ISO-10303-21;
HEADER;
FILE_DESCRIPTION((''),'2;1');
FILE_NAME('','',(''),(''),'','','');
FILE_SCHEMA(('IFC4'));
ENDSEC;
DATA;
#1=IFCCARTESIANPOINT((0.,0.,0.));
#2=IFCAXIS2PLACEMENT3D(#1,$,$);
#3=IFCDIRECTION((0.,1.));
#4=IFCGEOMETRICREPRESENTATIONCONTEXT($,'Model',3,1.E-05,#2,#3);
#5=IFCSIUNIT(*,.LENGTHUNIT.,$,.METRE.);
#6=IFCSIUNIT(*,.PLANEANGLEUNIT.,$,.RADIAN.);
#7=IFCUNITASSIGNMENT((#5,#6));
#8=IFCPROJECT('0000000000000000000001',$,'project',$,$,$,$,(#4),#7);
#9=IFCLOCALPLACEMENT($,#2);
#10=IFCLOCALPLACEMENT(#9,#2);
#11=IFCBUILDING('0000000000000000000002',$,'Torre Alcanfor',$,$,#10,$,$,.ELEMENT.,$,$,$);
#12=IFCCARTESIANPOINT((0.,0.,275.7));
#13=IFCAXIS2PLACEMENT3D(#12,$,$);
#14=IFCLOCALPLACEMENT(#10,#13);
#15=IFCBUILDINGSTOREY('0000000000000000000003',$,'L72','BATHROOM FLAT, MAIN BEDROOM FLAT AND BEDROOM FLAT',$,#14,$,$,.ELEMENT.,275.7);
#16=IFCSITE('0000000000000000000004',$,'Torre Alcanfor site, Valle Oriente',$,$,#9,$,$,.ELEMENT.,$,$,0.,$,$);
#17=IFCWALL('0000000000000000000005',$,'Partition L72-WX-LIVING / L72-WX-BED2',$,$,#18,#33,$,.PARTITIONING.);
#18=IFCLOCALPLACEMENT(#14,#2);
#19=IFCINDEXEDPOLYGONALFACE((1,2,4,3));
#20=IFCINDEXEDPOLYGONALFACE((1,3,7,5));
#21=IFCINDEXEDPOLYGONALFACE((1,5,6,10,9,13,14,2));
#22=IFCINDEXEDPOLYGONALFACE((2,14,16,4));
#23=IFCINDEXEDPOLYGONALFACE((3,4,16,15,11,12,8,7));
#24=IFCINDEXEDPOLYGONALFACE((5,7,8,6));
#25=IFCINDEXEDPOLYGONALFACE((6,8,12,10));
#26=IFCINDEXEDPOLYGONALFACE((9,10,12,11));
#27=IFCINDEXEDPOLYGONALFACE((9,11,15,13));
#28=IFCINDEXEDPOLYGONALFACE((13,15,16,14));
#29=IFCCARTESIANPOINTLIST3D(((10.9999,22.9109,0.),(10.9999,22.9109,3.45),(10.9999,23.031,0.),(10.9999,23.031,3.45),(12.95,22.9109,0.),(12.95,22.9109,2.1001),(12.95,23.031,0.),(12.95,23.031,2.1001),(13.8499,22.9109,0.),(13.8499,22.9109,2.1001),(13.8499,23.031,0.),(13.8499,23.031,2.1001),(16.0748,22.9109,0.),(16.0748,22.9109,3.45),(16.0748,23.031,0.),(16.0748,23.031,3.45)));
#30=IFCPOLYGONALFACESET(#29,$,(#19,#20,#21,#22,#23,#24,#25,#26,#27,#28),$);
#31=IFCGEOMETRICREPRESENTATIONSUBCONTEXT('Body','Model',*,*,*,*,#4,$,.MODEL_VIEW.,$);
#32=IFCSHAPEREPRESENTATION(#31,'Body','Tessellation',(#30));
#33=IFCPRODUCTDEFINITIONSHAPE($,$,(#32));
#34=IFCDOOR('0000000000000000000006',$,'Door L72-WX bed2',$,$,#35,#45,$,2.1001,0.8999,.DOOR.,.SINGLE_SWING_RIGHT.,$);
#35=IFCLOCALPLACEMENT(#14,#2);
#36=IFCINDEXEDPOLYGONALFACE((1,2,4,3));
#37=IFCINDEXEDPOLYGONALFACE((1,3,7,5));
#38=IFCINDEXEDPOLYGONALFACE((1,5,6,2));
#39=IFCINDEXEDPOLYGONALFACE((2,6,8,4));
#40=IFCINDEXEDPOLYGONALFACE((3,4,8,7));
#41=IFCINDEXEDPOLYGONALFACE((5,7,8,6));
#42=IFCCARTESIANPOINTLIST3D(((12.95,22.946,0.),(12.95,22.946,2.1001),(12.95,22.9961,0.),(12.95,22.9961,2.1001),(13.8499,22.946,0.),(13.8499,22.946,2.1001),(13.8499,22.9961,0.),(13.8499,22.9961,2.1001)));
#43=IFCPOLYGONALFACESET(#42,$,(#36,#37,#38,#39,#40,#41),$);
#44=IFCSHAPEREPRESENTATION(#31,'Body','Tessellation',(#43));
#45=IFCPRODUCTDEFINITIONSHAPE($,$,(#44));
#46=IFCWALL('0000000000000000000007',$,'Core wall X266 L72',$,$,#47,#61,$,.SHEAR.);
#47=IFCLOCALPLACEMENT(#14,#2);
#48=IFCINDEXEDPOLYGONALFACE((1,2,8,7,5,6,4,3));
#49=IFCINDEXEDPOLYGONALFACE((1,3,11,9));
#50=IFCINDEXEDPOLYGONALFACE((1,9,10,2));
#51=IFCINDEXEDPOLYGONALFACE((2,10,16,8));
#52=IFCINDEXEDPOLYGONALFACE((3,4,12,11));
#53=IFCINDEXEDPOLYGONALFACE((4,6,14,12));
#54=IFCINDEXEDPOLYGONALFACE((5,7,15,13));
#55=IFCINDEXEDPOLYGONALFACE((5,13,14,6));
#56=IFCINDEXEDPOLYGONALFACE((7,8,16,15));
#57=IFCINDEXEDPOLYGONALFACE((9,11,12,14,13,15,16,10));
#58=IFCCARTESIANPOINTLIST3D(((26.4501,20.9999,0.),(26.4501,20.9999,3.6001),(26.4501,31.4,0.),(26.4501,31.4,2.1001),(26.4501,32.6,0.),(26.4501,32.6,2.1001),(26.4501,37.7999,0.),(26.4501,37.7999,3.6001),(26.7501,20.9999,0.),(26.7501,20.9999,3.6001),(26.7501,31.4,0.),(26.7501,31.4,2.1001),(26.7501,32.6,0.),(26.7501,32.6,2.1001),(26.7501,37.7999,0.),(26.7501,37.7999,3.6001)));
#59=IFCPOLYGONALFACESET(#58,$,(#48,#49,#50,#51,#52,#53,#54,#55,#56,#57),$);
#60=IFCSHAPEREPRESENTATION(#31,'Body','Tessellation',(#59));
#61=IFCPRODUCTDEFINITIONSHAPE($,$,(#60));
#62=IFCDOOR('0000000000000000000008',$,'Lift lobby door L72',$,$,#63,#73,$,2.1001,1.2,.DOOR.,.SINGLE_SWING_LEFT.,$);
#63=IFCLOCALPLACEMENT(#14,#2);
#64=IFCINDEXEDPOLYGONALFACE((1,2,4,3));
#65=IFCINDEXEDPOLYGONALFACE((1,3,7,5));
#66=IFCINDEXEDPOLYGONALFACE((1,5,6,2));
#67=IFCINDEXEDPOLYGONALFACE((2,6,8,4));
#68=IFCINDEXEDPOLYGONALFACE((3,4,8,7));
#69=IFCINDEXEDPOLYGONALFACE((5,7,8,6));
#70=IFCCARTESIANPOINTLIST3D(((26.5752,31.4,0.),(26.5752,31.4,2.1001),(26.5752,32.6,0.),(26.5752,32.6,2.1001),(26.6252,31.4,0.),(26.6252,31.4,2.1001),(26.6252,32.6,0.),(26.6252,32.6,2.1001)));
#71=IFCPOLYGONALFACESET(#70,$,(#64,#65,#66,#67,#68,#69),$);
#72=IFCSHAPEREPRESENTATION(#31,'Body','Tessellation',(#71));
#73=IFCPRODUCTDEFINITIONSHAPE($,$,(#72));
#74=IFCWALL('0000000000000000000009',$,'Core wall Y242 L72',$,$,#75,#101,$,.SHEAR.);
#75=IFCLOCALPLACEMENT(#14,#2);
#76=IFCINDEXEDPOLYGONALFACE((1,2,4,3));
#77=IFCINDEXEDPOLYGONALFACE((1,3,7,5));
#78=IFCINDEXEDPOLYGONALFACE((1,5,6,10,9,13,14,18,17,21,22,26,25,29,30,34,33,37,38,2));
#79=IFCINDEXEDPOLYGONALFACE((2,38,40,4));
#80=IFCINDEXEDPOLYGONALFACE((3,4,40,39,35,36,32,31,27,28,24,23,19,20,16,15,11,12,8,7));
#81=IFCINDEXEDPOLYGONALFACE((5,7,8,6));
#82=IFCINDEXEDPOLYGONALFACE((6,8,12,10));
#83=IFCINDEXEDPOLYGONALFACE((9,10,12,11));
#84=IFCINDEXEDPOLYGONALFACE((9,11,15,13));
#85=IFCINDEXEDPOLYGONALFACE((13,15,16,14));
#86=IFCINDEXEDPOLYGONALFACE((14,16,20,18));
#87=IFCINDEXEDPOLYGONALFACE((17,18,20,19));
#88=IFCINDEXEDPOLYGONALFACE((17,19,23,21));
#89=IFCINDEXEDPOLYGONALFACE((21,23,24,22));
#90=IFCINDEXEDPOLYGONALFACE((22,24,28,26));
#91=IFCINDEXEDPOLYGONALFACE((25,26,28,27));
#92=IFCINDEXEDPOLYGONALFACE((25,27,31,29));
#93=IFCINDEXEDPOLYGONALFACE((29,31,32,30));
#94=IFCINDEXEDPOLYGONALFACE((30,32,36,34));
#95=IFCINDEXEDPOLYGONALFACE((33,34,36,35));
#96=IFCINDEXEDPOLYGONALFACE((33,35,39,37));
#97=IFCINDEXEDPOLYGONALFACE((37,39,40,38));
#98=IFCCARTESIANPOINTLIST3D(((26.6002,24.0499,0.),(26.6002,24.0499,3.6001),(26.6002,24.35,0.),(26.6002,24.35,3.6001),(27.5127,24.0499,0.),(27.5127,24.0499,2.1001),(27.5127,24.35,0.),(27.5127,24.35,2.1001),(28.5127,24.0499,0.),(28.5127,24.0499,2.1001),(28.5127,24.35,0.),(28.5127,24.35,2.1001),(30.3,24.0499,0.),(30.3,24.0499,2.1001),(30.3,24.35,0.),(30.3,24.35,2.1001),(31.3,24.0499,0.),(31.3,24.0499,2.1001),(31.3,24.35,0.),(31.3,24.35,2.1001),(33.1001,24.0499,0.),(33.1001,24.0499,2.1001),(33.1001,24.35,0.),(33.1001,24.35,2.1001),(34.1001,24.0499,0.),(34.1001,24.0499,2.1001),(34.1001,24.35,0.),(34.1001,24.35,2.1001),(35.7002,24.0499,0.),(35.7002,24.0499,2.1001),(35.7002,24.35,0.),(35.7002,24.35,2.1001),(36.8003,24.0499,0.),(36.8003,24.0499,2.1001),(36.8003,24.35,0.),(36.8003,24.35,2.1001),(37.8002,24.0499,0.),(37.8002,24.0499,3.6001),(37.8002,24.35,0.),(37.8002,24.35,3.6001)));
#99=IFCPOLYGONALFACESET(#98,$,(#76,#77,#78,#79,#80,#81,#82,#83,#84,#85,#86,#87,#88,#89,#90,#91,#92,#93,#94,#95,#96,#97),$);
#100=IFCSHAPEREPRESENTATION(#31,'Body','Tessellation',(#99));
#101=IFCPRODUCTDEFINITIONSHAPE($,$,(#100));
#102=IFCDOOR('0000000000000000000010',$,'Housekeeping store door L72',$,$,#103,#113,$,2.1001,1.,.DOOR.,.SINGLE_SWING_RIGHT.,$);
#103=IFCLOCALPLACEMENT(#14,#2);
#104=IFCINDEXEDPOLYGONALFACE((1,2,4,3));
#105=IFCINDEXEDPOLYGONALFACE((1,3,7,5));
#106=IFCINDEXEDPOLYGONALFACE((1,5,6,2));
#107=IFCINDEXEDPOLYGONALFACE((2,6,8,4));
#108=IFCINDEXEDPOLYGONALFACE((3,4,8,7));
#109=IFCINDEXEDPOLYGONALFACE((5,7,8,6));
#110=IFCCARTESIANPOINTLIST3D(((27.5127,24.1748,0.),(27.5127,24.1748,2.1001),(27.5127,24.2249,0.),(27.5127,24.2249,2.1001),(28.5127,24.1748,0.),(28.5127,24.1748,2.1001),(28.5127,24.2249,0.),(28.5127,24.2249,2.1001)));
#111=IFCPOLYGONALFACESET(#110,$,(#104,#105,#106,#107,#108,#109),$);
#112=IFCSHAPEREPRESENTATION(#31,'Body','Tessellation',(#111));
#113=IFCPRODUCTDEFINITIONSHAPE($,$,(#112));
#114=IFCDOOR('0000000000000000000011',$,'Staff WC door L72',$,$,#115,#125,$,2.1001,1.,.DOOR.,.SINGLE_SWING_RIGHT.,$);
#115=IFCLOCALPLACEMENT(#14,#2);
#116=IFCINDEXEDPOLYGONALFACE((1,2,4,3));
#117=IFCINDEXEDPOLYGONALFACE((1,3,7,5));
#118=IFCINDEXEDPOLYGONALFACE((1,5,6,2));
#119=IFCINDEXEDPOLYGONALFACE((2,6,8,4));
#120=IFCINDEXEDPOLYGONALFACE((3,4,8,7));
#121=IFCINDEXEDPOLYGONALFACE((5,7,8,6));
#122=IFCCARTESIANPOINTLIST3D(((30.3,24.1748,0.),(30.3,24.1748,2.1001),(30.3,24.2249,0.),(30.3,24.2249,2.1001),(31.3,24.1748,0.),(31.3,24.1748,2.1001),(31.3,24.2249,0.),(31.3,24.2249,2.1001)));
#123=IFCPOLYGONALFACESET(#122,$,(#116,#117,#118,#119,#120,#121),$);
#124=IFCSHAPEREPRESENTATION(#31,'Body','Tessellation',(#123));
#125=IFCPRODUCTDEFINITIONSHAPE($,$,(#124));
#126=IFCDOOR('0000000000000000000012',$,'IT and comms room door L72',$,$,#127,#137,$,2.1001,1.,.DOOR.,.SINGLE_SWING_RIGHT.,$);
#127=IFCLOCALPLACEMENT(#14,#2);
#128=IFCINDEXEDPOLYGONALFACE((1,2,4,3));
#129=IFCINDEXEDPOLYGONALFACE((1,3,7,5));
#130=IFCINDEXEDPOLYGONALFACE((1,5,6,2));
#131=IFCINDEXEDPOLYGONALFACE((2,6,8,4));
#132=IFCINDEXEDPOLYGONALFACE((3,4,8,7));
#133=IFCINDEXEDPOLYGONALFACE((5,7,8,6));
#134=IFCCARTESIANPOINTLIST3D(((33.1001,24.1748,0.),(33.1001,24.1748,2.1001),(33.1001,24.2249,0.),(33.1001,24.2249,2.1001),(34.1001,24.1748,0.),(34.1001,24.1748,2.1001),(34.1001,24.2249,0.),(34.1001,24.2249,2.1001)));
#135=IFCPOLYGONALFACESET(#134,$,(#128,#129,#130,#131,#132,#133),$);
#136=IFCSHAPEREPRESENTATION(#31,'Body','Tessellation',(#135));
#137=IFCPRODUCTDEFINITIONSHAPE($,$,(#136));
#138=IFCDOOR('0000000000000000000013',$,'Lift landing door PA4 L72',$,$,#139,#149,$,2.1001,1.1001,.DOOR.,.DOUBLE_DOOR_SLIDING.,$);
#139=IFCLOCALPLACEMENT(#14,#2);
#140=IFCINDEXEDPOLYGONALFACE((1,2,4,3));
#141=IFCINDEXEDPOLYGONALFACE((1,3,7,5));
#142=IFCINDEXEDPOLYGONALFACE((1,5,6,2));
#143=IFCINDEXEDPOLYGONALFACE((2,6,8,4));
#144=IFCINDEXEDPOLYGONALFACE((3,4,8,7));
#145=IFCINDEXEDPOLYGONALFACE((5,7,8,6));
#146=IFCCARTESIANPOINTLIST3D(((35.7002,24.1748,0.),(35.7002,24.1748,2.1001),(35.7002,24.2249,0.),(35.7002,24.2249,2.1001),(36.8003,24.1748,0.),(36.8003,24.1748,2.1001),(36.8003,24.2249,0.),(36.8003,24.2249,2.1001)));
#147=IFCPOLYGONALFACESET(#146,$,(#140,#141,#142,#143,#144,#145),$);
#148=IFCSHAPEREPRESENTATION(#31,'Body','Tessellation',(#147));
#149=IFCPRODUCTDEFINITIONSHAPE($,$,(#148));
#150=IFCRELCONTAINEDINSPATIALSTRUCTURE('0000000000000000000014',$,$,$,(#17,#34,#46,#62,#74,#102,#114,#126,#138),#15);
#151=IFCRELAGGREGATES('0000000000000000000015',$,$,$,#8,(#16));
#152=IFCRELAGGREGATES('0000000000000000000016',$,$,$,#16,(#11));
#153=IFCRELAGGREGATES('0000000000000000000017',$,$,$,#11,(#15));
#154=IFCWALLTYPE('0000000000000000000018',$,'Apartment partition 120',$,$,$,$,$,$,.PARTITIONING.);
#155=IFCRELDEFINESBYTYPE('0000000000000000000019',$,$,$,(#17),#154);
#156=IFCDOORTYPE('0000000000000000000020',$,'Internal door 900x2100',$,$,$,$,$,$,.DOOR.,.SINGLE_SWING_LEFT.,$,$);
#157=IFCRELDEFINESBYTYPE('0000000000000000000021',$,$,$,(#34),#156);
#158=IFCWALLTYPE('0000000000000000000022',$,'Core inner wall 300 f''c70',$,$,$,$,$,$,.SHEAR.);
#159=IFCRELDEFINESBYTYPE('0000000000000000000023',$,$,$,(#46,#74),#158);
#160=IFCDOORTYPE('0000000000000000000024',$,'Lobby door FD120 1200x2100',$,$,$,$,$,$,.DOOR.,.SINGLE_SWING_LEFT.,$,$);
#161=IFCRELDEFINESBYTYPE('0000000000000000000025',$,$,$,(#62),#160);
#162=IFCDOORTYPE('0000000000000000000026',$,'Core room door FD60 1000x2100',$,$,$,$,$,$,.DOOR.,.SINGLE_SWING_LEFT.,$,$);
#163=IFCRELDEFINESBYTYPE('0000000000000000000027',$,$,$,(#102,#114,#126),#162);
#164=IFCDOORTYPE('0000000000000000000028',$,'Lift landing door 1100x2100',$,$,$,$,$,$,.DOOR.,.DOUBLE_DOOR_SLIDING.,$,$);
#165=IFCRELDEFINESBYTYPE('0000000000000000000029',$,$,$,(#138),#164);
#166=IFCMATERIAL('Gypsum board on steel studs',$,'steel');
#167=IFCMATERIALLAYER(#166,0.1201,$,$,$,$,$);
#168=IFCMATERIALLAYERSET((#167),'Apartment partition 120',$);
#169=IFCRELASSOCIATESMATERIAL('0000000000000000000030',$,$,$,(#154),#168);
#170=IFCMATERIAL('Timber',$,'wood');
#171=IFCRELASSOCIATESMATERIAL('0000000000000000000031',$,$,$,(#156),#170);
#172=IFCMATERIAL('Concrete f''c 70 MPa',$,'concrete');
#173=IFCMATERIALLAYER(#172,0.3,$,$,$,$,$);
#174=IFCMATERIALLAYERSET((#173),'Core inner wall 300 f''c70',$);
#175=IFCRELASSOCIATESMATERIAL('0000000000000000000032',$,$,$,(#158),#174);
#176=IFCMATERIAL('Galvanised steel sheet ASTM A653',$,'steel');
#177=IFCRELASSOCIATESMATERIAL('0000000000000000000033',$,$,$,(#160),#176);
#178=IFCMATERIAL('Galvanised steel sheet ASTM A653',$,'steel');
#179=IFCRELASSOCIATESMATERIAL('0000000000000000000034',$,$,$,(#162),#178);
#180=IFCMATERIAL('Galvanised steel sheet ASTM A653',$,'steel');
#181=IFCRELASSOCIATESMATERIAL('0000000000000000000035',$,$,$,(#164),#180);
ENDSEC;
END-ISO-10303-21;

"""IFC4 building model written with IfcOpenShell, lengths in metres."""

from ifc_helpers import new_model, si_unit, direction, frame, frame_2d, origin, place, context, subcontext, project, spatial, rectangle, extrude, material, layer, layer_set, type_object, element, fill, save


model = new_model("IFC4")

# Units and contexts
model_context = context("Model", 3, precision=1e-05, world=origin(), true_north=direction((0.0, 1.0)))
body_context = subcontext(model_context, "Body", "Model", "MODEL_VIEW")
ifc_project = project(units=[si_unit("LENGTHUNIT", "METRE"), si_unit("PLANEANGLEUNIT", "RADIAN")], contexts=[model_context])

# Site, building, storey
site_placement = place(None, origin())
site = spatial("IfcSite", under=ifc_project, at=site_placement, Name="Torre Alcanfor site, Valle Oriente", CompositionType="ELEMENT", RefElevation=0.0)
building_placement = place(site_placement, origin())
building = spatial("IfcBuilding", under=site, at=building_placement, Name="Torre Alcanfor", CompositionType="ELEMENT")
storey_placement = place(building_placement, frame((0.0, 0.0, 275.7)))
storey = spatial("IfcBuildingStorey", under=building, at=storey_placement, Name="L72", Description="BATHROOM FLAT, MAIN BEDROOM FLAT AND BEDROOM FLAT", CompositionType="ELEMENT", Elevation=275.7)

# Walls, openings, doors
ifc_material_1 = material(Name="Gypsum board on steel studs", Category="steel")
ifc_layer_1 = layer(ifc_material_1, 0.1201)
ifc_layer_set_1 = layer_set([ifc_layer_1], Name="Apartment partition 120")
wall_type_1 = type_object("IfcWallType", Name="Apartment partition 120", PredefinedType="PARTITIONING", material=ifc_layer_set_1)
wall_1_placement = place(storey_placement, frame((16.075, 22.9709, 0.0), z_axis=(0.0, 0.0, 1.0), x_axis=(-1.0, 0.0, 0.0)))
wall_1 = element("IfcWall", 1, at=wall_1_placement, inside=storey, type_object=wall_type_1, Name="Partition L72-WX-LIVING / L72-WX-BED2", PredefinedType="PARTITIONING", context=body_context, shape_type="SweptSolid", body=[
    extrude(rectangle(XDim=5.075, YDim=0.1201, at=frame_2d((2.5376, 0.0))), origin(), (0.0, 0.0, 1.0), 3.45),
])
opening_1_placement = place(wall_1_placement, frame((2.2251, 0.0, 0.0)))
opening_1 = element("IfcOpeningElement", 2, at=opening_1_placement, cuts=wall_1, PredefinedType="OPENING", context=body_context, shape_type="SweptSolid", body=[
    extrude(rectangle(XDim=0.8999, YDim=2.1001, at=frame_2d((0.45, 1.05))), frame((0.0, 0.0701, 0.0), z_axis=(0.0, -1.0, 0.0), x_axis=(1.0, 0.0, 0.0)), (0.0, 0.0, 1.0), 0.1401),
])
ifc_material_2 = material(Name="Timber", Category="wood")
door_type_1 = type_object("IfcDoorType", Name="Internal door 900x2100", OperationType="SINGLE_SWING_LEFT", PredefinedType="DOOR", material=ifc_material_2)
door_1_placement = place(opening_1_placement, origin())
door_1 = element("IfcDoor", 3, at=door_1_placement, inside=storey, type_object=door_type_1, Name="Door L72-WX bed2", OperationType="SINGLE_SWING_RIGHT", OverallHeight=2.1001, OverallWidth=0.8999, PredefinedType="DOOR", context=body_context, shape_type="SweptSolid", body=[
    extrude(rectangle(XDim=0.8999, YDim=2.1001, at=frame_2d((0.45, 1.05))), frame((0.0, 0.0249, 0.0), z_axis=(0.0, -1.0, 0.0), x_axis=(1.0, 0.0, 0.0)), (0.0, 0.0, 1.0), 0.05),
])
fill(opening_1, door_1)
ifc_material_3 = material(Name="Concrete f'c 70 MPa", Category="concrete")
ifc_layer_2 = layer(ifc_material_3, 0.3)
ifc_layer_set_2 = layer_set([ifc_layer_2], Name="Core inner wall 300 f'c70")
wall_type_2 = type_object("IfcWallType", Name="Core inner wall 300 f'c70", PredefinedType="SHEAR", material=ifc_layer_set_2)
wall_2_placement = place(storey_placement, frame((26.6001, 21.0, 0.0), z_axis=(0.0, 0.0, 1.0), x_axis=(0.0, 1.0, 0.0)))
wall_2 = element("IfcWall", 4, at=wall_2_placement, inside=storey, type_object=wall_type_2, Name="Core wall X266 L72", PredefinedType="SHEAR", context=body_context, shape_type="SweptSolid", body=[
    extrude(rectangle(XDim=16.8, YDim=0.3, at=frame_2d((8.3999, 0.0))), origin(), (0.0, 0.0, 1.0), 3.6001),
])
opening_2_placement = place(wall_2_placement, frame((10.3999, 0.0, 0.0)))
opening_2 = element("IfcOpeningElement", 5, at=opening_2_placement, cuts=wall_2, PredefinedType="OPENING", context=body_context, shape_type="SweptSolid", body=[
    extrude(rectangle(XDim=1.2, YDim=2.1001, at=frame_2d((0.6001, 1.05))), frame((0.0, 0.1599, 0.0), z_axis=(0.0, -1.0, 0.0), x_axis=(1.0, 0.0, 0.0)), (0.0, 0.0, 1.0), 0.3201),
])
ifc_material_4 = material(Name="Galvanised steel sheet ASTM A653", Category="steel")
door_type_2 = type_object("IfcDoorType", Name="Lobby door FD120 1200x2100", OperationType="SINGLE_SWING_LEFT", PredefinedType="DOOR", material=ifc_material_4)
door_2_placement = place(opening_2_placement, origin())
door_2 = element("IfcDoor", 6, at=door_2_placement, inside=storey, type_object=door_type_2, Name="Lift lobby door L72", OperationType="SINGLE_SWING_LEFT", OverallHeight=2.1001, OverallWidth=1.2, PredefinedType="DOOR", context=body_context, shape_type="SweptSolid", body=[
    extrude(rectangle(XDim=1.2, YDim=2.1001, at=frame_2d((0.6001, 1.05))), frame((0.0, 0.0249, 0.0), z_axis=(0.0, -1.0, 0.0), x_axis=(1.0, 0.0, 0.0)), (0.0, 0.0, 1.0), 0.05),
])
fill(opening_2, door_2)

# Wall, openings, doors
wall_3_placement = place(storey_placement, frame((26.6001, 24.2, 0.0), z_axis=(0.0, 0.0, 1.0), x_axis=(1.0, 0.0, 0.0)))
wall_3 = element("IfcWall", 7, at=wall_3_placement, inside=storey, type_object=wall_type_2, Name="Core wall Y242 L72", PredefinedType="SHEAR", context=body_context, shape_type="SweptSolid", body=[
    extrude(rectangle(XDim=11.2, YDim=0.3, at=frame_2d((5.6001, 0.0))), origin(), (0.0, 0.0, 1.0), 3.6001),
])
opening_3_placement = place(wall_3_placement, frame((0.9126, 0.0, 0.0)))
opening_3 = element("IfcOpeningElement", 8, at=opening_3_placement, cuts=wall_3, PredefinedType="OPENING", context=body_context, shape_type="SweptSolid", body=[
    extrude(rectangle(XDim=1.0, YDim=2.1001, at=frame_2d((0.5, 1.05))), frame((0.0, 0.1599, 0.0), z_axis=(0.0, -1.0, 0.0), x_axis=(1.0, 0.0, 0.0)), (0.0, 0.0, 1.0), 0.3201),
])
opening_4_placement = place(wall_3_placement, frame((3.7, 0.0, 0.0)))
opening_4 = element("IfcOpeningElement", 9, at=opening_4_placement, cuts=wall_3, PredefinedType="OPENING", context=body_context, shape_type="SweptSolid", body=[
    extrude(rectangle(XDim=1.0, YDim=2.1001, at=frame_2d((0.5, 1.05))), frame((0.0, 0.1599, 0.0), z_axis=(0.0, -1.0, 0.0), x_axis=(1.0, 0.0, 0.0)), (0.0, 0.0, 1.0), 0.3201),
])
opening_5_placement = place(wall_3_placement, frame((6.5, 0.0, 0.0)))
opening_5 = element("IfcOpeningElement", 10, at=opening_5_placement, cuts=wall_3, PredefinedType="OPENING", context=body_context, shape_type="SweptSolid", body=[
    extrude(rectangle(XDim=1.0, YDim=2.1001, at=frame_2d((0.5, 1.05))), frame((0.0, 0.1599, 0.0), z_axis=(0.0, -1.0, 0.0), x_axis=(1.0, 0.0, 0.0)), (0.0, 0.0, 1.0), 0.3201),
])
opening_6_placement = place(wall_3_placement, frame((9.1001, 0.0, 0.0)))
opening_6 = element("IfcOpeningElement", 11, at=opening_6_placement, cuts=wall_3, PredefinedType="OPENING", context=body_context, shape_type="SweptSolid", body=[
    extrude(rectangle(XDim=1.1001, YDim=2.1001, at=frame_2d((0.55, 1.05))), frame((0.0, 0.1599, 0.0), z_axis=(0.0, -1.0, 0.0), x_axis=(1.0, 0.0, 0.0)), (0.0, 0.0, 1.0), 0.3201),
])
ifc_material_5 = material(Name="Galvanised steel sheet ASTM A653", Category="steel")
door_type_3 = type_object("IfcDoorType", Name="Core room door FD60 1000x2100", OperationType="SINGLE_SWING_LEFT", PredefinedType="DOOR", material=ifc_material_5)
door_3_placement = place(opening_3_placement, frame((1.0, 0.0, 0.0), z_axis=(0.0, 0.0, 1.0), x_axis=(-1.0, 0.0, 0.0)))
door_3 = element("IfcDoor", 12, at=door_3_placement, inside=storey, type_object=door_type_3, Name="Housekeeping store door L72", OperationType="SINGLE_SWING_RIGHT", OverallHeight=2.1001, OverallWidth=1.0, PredefinedType="DOOR", context=body_context, shape_type="SweptSolid", body=[
    extrude(rectangle(XDim=1.0, YDim=2.1001, at=frame_2d((0.5, 1.05))), frame((0.0, 0.0251, 0.0), z_axis=(0.0, -1.0, 0.0), x_axis=(1.0, 0.0, 0.0)), (0.0, 0.0, 1.0), 0.05),
])
fill(opening_3, door_3)
door_4_placement = place(opening_4_placement, frame((1.0, 0.0, 0.0), z_axis=(0.0, 0.0, 1.0), x_axis=(-1.0, 0.0, 0.0)))
door_4 = element("IfcDoor", 13, at=door_4_placement, inside=storey, type_object=door_type_3, Name="Staff WC door L72", OperationType="SINGLE_SWING_RIGHT", OverallHeight=2.1001, OverallWidth=1.0, PredefinedType="DOOR", context=body_context, shape_type="SweptSolid", body=[
    extrude(rectangle(XDim=1.0, YDim=2.1001, at=frame_2d((0.5, 1.05))), frame((0.0, 0.0251, 0.0), z_axis=(0.0, -1.0, 0.0), x_axis=(1.0, 0.0, 0.0)), (0.0, 0.0, 1.0), 0.05),
])
fill(opening_4, door_4)
door_5_placement = place(opening_5_placement, frame((1.0, 0.0, 0.0), z_axis=(0.0, 0.0, 1.0), x_axis=(-1.0, 0.0, 0.0)))
door_5 = element("IfcDoor", 14, at=door_5_placement, inside=storey, type_object=door_type_3, Name="IT and comms room door L72", OperationType="SINGLE_SWING_RIGHT", OverallHeight=2.1001, OverallWidth=1.0, PredefinedType="DOOR", context=body_context, shape_type="SweptSolid", body=[
    extrude(rectangle(XDim=1.0, YDim=2.1001, at=frame_2d((0.5, 1.05))), frame((0.0, 0.0251, 0.0), z_axis=(0.0, -1.0, 0.0), x_axis=(1.0, 0.0, 0.0)), (0.0, 0.0, 1.0), 0.05),
])
fill(opening_5, door_5)
ifc_material_6 = material(Name="Galvanised steel sheet ASTM A653", Category="steel")
door_type_4 = type_object("IfcDoorType", Name="Lift landing door 1100x2100", OperationType="DOUBLE_DOOR_SLIDING", PredefinedType="DOOR", material=ifc_material_6)
door_6_placement = place(opening_6_placement, origin())
door_6 = element("IfcDoor", 15, at=door_6_placement, inside=storey, type_object=door_type_4, Name="Lift landing door PA4 L72", OperationType="DOUBLE_DOOR_SLIDING", OverallHeight=2.1001, OverallWidth=1.1001, PredefinedType="DOOR", context=body_context, shape_type="SweptSolid", body=[
    extrude(rectangle(XDim=1.1001, YDim=2.1001, at=frame_2d((0.55, 1.05))), frame((0.0, 0.0249, 0.0), z_axis=(0.0, -1.0, 0.0), x_axis=(1.0, 0.0, 0.0)), (0.0, 0.0, 1.0), 0.05),
])
fill(opening_6, door_6)

save(model, "model.ifc")
